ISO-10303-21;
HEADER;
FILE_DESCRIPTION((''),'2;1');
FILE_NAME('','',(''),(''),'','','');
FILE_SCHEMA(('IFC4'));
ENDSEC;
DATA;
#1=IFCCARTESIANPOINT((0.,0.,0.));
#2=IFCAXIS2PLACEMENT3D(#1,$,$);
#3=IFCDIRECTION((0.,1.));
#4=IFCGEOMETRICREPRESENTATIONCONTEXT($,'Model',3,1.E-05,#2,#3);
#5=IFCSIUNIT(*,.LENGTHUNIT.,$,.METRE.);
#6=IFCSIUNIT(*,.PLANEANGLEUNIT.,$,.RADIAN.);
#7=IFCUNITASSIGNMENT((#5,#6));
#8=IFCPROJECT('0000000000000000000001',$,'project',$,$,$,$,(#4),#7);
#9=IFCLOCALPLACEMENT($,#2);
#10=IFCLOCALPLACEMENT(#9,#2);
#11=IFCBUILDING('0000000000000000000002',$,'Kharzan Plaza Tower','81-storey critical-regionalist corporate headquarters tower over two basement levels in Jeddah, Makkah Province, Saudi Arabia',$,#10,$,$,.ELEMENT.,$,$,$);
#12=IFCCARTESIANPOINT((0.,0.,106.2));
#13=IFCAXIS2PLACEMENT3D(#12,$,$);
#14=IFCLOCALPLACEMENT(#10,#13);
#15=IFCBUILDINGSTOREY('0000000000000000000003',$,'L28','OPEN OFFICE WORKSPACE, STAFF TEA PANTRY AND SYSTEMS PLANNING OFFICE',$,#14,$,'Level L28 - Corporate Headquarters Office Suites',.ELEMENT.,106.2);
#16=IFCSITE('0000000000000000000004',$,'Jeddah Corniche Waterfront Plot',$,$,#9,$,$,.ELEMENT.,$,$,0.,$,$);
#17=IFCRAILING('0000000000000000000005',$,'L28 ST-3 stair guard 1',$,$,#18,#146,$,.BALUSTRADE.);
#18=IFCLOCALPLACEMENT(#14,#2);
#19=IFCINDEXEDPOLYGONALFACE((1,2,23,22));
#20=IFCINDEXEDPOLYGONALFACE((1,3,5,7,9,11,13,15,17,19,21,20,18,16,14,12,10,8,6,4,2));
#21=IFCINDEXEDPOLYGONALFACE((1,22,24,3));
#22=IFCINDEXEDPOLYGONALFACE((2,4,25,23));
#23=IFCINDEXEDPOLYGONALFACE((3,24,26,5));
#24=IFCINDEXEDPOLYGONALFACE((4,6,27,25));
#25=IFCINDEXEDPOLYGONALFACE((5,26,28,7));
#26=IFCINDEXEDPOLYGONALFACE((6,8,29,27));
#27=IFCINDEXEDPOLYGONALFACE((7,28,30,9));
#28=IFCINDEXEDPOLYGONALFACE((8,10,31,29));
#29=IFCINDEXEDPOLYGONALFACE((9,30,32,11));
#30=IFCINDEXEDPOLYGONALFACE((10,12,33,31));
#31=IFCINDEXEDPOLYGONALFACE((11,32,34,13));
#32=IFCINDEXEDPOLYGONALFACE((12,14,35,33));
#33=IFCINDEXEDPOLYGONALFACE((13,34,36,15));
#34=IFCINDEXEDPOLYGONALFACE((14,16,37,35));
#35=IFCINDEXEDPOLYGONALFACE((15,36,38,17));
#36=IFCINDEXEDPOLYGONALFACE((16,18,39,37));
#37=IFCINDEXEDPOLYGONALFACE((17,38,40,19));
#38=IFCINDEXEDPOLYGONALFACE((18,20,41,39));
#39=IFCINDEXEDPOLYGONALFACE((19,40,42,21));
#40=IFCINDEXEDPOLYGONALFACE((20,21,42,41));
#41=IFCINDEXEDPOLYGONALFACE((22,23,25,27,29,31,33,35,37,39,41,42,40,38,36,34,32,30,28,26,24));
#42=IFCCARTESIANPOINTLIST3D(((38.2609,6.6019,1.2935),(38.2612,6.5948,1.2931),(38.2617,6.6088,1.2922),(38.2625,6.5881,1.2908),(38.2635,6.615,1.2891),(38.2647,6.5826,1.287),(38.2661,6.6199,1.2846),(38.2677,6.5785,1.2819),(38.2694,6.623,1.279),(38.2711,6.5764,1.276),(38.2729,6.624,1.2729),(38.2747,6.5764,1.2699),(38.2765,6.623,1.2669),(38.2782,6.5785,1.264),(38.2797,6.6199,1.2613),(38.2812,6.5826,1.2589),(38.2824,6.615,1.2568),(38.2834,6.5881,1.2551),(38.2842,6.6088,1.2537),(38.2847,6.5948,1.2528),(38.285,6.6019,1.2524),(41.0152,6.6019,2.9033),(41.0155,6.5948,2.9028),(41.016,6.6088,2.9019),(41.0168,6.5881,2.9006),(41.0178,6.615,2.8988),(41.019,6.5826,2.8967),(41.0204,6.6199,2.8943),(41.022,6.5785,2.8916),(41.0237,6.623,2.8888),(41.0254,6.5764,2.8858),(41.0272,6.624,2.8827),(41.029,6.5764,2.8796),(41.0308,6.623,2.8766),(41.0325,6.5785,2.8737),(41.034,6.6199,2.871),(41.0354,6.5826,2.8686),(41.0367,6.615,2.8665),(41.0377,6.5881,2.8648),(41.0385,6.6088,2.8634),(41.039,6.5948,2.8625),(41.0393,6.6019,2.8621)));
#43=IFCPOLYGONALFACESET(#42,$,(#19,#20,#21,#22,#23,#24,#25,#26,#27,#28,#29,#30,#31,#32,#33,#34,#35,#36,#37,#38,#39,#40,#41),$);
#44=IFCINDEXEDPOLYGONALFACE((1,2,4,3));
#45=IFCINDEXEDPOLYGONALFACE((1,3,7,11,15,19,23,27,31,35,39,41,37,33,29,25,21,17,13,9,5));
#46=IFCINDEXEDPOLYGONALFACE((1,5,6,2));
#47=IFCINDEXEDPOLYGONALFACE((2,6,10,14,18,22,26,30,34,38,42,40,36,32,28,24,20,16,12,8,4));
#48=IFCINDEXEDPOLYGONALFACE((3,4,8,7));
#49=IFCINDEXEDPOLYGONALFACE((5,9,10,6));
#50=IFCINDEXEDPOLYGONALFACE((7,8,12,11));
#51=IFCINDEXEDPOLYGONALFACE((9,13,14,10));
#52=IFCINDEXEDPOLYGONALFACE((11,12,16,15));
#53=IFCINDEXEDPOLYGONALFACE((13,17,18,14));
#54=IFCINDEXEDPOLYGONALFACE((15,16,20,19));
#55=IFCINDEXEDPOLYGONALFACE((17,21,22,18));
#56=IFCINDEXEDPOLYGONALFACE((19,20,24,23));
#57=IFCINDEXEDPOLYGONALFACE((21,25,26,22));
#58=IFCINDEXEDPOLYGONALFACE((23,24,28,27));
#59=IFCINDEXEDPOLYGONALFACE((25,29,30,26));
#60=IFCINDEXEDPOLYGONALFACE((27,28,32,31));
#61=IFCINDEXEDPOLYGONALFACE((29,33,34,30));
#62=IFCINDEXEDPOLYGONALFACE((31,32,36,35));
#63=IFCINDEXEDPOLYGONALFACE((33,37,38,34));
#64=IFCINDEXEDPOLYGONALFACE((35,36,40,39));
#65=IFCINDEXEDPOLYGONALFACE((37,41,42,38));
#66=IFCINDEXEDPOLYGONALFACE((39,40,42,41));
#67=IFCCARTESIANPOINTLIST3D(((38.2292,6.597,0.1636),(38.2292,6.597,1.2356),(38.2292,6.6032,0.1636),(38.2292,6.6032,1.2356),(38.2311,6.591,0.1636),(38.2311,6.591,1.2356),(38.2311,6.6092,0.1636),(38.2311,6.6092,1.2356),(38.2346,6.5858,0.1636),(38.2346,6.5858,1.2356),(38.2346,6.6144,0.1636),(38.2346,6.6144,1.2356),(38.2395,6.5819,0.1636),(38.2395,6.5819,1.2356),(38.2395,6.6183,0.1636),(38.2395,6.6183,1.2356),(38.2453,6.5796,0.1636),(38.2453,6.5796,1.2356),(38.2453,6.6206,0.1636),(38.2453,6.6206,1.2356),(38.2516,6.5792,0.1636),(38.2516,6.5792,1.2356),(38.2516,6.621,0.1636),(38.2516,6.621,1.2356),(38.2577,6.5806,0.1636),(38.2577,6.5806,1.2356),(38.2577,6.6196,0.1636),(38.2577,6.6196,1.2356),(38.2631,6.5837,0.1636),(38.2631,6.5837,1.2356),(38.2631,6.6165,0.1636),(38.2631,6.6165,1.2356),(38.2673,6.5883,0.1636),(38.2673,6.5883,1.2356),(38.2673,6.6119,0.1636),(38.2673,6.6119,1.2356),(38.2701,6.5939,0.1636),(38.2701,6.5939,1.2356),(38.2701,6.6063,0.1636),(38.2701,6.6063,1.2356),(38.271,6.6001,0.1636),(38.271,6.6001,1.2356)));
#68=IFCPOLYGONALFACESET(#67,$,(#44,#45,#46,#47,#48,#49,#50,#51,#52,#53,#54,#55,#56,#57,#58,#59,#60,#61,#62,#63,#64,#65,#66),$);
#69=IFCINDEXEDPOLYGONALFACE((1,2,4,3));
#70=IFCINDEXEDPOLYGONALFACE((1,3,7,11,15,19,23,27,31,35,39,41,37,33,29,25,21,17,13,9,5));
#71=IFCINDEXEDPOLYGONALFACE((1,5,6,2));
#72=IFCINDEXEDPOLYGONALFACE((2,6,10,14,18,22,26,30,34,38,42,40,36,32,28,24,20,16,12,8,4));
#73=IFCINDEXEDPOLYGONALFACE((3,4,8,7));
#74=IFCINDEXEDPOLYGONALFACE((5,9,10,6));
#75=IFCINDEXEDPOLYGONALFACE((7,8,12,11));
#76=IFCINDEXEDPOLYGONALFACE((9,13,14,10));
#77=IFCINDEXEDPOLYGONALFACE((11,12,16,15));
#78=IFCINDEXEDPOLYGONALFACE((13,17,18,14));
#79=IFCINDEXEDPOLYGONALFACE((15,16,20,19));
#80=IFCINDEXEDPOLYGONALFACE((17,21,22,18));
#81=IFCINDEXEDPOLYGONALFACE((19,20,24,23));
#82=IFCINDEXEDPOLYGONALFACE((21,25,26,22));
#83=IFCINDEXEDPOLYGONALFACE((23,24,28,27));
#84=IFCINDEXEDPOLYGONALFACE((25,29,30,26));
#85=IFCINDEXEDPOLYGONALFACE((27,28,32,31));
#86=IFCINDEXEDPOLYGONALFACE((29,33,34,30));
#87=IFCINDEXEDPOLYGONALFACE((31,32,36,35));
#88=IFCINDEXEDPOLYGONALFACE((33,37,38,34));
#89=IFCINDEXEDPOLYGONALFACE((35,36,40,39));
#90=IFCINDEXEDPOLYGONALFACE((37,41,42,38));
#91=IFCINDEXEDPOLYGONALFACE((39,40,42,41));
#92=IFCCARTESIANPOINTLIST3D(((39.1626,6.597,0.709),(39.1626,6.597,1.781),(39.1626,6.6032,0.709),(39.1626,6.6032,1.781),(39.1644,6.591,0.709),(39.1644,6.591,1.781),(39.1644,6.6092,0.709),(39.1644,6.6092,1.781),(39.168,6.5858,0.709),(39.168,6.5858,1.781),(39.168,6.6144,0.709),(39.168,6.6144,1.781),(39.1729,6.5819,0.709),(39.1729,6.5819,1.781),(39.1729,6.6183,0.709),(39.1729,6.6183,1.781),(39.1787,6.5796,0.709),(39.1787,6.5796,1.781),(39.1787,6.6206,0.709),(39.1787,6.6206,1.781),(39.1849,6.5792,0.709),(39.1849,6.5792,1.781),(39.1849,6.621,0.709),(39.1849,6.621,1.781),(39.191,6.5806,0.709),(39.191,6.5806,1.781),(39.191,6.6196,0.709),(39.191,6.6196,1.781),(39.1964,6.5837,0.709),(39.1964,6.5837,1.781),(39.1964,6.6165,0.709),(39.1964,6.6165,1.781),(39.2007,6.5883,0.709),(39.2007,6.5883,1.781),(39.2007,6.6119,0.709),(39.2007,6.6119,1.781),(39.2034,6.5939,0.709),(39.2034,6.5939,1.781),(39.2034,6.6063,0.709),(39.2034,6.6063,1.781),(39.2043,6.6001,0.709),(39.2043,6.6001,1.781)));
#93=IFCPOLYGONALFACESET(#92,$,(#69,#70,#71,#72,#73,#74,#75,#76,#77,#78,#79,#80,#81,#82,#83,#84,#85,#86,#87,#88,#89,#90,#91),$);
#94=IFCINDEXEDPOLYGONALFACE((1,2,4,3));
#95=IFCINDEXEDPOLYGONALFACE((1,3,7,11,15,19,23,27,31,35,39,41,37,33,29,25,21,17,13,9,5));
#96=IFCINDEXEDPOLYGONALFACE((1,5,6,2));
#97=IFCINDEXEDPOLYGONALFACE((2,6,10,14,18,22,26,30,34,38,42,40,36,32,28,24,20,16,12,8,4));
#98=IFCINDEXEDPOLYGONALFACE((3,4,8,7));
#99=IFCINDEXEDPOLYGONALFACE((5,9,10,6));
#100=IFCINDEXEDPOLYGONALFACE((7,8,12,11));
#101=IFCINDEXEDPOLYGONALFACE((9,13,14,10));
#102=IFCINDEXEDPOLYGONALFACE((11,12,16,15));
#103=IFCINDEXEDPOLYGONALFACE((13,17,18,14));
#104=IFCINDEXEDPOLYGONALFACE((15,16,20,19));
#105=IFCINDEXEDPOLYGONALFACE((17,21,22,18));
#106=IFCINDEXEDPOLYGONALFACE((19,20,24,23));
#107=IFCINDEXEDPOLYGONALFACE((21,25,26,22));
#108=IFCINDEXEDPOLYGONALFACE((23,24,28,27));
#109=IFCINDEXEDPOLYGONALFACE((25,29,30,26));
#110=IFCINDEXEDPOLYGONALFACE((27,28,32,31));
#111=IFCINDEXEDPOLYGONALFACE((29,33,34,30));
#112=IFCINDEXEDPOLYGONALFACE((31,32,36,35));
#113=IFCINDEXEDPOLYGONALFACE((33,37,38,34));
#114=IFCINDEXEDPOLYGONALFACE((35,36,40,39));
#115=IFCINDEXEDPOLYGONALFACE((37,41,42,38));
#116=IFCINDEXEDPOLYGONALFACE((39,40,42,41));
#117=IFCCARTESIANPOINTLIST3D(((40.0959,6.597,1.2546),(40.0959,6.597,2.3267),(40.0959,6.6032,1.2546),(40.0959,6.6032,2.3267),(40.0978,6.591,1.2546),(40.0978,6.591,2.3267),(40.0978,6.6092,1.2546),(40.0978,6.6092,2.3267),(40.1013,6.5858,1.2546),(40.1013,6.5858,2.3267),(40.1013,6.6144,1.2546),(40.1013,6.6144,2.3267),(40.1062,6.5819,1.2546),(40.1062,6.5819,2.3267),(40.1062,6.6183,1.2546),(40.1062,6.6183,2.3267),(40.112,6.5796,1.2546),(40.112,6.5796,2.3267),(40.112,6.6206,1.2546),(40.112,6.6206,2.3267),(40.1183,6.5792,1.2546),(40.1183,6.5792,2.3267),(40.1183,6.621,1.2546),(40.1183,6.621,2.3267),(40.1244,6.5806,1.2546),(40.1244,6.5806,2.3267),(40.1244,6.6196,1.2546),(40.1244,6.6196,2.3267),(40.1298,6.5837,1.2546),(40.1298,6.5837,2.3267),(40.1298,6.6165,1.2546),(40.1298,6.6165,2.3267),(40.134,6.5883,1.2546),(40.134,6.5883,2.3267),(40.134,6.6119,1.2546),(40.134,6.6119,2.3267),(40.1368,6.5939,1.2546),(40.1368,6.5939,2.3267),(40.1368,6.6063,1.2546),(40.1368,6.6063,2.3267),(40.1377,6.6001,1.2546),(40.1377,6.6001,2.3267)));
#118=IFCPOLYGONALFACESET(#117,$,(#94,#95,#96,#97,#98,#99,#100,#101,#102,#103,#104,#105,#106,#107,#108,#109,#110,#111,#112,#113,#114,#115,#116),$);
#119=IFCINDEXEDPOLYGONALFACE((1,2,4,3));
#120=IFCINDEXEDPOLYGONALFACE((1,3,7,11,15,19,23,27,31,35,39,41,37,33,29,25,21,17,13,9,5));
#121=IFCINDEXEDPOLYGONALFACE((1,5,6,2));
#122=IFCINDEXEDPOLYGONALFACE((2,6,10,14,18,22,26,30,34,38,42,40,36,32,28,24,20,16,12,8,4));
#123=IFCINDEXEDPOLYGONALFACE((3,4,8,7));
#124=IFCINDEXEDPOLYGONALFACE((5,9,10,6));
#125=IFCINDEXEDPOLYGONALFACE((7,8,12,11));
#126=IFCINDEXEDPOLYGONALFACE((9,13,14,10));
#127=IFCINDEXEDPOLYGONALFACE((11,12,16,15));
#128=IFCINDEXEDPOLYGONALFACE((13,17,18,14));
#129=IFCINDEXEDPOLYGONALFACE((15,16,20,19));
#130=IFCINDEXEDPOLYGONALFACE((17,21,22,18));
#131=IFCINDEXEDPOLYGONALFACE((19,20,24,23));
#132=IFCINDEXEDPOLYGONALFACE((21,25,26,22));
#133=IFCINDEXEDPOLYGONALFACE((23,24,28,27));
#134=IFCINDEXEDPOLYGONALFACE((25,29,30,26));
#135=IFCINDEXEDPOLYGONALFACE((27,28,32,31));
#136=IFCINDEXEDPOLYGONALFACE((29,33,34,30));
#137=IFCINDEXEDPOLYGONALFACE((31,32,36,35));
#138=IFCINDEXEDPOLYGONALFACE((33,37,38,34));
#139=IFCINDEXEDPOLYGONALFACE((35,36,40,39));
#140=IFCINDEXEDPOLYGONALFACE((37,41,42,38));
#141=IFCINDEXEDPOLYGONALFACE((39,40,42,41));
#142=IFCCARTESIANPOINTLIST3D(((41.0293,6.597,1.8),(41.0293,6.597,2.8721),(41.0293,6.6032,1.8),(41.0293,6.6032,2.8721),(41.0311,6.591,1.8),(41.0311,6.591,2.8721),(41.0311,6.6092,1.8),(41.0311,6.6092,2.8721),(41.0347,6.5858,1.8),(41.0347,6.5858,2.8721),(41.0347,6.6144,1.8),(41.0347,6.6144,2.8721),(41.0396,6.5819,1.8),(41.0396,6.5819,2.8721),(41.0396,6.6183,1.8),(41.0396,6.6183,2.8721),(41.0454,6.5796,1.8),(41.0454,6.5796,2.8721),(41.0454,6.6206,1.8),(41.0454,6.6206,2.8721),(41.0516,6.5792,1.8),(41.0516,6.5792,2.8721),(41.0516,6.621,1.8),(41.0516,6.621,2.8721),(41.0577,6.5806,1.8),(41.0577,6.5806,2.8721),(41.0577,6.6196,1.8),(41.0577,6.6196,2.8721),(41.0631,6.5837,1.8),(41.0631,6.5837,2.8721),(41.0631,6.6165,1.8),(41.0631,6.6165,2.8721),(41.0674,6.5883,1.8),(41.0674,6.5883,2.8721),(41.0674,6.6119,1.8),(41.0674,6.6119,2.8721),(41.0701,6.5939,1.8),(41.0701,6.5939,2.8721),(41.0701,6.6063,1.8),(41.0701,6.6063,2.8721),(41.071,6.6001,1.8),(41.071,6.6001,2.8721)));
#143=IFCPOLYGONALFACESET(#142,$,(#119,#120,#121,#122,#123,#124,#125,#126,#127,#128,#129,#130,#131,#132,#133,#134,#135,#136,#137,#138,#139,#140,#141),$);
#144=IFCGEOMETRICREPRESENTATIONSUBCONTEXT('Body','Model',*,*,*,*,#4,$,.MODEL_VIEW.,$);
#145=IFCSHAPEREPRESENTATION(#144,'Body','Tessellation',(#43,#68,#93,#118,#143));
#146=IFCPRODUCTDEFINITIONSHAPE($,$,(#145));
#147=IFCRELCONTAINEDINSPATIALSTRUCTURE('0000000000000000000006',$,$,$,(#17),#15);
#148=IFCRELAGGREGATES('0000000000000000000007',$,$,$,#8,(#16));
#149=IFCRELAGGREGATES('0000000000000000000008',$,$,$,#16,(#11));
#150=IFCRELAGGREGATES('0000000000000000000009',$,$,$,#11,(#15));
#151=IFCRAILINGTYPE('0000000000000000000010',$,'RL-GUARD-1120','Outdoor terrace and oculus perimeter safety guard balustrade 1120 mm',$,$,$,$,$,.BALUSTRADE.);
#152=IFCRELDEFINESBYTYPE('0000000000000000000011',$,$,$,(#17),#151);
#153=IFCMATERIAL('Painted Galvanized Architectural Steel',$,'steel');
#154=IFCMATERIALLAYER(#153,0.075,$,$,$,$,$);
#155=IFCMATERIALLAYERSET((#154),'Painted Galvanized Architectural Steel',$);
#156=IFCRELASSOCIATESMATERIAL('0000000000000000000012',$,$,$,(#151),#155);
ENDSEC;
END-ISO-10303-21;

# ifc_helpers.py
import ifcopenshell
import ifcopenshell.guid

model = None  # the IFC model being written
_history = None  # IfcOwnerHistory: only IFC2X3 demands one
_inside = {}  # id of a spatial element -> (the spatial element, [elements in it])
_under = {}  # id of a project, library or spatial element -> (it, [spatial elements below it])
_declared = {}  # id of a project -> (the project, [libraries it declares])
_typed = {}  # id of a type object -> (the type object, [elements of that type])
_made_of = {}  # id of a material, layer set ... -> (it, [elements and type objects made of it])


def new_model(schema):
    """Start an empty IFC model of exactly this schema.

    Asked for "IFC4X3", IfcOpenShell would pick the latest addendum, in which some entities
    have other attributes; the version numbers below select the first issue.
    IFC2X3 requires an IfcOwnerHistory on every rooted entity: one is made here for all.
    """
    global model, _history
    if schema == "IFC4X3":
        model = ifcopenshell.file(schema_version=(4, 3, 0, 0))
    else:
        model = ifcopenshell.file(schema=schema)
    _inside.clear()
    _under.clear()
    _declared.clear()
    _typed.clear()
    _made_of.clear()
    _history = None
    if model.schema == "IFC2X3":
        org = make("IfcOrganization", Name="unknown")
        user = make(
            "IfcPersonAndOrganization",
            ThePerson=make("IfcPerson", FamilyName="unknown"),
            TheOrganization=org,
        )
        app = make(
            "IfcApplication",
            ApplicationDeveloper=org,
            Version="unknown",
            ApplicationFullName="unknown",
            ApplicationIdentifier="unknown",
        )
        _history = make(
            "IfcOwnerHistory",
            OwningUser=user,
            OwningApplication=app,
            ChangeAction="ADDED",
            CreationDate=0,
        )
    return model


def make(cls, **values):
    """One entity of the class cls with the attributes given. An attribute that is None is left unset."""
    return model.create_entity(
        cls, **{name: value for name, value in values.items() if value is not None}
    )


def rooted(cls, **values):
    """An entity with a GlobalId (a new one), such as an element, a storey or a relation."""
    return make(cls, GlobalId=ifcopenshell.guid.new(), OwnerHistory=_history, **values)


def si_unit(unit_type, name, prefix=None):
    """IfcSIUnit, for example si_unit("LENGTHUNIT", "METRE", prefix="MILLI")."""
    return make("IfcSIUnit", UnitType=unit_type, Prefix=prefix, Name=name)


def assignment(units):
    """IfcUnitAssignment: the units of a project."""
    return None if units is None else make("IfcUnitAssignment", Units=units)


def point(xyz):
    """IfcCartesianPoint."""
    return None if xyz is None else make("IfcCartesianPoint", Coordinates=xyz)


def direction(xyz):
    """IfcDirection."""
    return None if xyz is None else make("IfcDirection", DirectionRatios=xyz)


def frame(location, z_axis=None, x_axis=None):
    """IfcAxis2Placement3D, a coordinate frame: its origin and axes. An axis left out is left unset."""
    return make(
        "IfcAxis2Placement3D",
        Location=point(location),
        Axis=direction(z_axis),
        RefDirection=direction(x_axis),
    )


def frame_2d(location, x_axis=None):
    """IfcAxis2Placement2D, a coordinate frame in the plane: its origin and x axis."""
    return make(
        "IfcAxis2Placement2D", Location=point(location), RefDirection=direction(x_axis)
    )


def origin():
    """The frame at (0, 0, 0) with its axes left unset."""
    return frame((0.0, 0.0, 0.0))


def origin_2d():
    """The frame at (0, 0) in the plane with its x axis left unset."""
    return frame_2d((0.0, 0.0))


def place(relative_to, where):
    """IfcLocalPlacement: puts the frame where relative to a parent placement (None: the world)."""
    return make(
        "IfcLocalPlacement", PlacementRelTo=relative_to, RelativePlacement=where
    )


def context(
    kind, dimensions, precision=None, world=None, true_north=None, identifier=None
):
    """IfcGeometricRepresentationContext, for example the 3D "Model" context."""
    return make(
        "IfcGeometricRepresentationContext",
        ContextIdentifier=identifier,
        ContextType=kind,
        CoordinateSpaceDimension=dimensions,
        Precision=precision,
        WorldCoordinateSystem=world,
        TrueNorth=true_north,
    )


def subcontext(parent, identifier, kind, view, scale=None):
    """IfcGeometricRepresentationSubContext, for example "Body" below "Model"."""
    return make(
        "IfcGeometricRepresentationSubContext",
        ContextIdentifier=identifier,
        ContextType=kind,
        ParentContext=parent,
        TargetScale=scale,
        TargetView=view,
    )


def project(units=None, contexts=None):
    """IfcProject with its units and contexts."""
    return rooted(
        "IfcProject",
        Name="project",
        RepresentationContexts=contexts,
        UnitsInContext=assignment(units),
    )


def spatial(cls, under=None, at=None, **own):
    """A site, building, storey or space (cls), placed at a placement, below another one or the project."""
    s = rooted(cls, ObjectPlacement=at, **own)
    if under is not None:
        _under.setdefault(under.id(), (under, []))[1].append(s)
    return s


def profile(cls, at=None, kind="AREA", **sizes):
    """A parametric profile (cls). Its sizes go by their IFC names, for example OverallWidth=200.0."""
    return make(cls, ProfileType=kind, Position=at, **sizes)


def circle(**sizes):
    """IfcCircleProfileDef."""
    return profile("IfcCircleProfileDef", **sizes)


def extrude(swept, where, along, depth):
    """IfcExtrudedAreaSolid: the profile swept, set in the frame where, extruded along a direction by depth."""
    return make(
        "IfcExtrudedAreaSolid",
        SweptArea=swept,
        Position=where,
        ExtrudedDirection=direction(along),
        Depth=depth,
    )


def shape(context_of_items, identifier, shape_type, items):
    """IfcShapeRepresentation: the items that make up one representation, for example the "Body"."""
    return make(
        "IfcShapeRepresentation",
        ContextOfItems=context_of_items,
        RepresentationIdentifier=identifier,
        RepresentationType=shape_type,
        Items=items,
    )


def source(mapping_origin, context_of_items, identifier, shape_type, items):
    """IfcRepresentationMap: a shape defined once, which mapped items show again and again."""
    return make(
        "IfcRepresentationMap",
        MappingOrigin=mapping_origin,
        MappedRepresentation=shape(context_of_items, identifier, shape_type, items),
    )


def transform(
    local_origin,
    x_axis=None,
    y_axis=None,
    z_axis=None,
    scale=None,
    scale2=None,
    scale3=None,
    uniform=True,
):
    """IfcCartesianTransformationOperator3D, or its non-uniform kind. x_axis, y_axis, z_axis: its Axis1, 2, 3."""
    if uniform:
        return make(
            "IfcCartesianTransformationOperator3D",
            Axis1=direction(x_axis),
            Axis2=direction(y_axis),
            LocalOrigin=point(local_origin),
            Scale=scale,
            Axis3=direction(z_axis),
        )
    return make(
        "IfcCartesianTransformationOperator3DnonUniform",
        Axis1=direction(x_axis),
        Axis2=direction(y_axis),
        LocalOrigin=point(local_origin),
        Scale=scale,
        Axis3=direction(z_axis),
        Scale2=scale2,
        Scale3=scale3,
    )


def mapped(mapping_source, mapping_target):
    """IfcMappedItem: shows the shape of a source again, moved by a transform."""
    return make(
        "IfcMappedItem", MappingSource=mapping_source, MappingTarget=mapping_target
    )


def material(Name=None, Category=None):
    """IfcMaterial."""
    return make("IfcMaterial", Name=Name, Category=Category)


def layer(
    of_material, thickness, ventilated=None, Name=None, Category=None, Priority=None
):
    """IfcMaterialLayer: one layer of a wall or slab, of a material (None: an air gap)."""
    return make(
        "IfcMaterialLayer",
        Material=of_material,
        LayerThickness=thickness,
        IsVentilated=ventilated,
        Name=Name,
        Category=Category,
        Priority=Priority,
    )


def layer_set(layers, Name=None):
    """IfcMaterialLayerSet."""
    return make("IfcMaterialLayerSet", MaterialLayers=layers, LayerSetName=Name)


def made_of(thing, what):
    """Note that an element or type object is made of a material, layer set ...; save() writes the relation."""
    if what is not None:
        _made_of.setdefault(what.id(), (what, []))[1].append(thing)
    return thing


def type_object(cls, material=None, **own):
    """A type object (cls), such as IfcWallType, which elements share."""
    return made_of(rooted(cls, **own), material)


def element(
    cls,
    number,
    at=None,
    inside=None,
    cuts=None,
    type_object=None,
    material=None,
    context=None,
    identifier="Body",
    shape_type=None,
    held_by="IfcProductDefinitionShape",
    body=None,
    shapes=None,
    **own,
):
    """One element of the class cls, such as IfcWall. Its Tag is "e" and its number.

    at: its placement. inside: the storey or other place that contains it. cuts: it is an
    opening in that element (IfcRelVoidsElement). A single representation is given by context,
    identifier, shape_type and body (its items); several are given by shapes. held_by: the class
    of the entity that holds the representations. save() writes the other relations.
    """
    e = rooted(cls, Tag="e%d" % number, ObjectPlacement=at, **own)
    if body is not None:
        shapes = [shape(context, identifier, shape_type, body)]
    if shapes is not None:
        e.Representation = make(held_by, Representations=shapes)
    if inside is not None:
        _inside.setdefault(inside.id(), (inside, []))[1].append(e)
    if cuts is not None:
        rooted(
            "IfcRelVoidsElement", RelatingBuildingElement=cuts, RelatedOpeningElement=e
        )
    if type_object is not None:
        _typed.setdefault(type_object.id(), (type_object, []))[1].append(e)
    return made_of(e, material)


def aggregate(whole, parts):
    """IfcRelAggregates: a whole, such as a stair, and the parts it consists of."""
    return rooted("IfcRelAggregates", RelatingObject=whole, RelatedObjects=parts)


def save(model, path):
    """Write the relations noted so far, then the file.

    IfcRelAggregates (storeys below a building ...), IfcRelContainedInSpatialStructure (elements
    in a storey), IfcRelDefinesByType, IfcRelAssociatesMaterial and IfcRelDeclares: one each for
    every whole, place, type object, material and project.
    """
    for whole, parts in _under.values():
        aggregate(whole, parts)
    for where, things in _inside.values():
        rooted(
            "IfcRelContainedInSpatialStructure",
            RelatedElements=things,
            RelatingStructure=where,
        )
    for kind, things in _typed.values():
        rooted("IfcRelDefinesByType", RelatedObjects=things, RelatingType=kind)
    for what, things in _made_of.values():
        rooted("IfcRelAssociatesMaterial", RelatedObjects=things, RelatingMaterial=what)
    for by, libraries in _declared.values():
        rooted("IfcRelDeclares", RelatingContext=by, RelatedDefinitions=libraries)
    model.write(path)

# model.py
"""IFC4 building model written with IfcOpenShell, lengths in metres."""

from ifc_helpers import new_model, si_unit, direction, frame, origin, origin_2d, place, context, subcontext, project, spatial, circle, extrude, source, transform, mapped, material, layer, layer_set, type_object, element, save


model = new_model("IFC4")

# Units and contexts
model_context = context("Model", 3, precision=1e-05, world=origin(), true_north=direction((0.0, 1.0)))
body_context = subcontext(model_context, "Body", "Model", "MODEL_VIEW")
ifc_project = project(units=[si_unit("LENGTHUNIT", "METRE"), si_unit("PLANEANGLEUNIT", "RADIAN")], contexts=[model_context])

# Site, building, storey
site_placement = place(None, origin())
site = spatial("IfcSite", under=ifc_project, at=site_placement, Name="Jeddah Corniche Waterfront Plot", CompositionType="ELEMENT", RefElevation=0.0)
building_placement = place(site_placement, origin())
building = spatial("IfcBuilding", under=site, at=building_placement, Name="Kharzan Plaza Tower", Description="81-storey critical-regionalist corporate headquarters tower over two basement levels in Jeddah, Makkah Province, Saudi Arabia", CompositionType="ELEMENT")
storey_placement = place(building_placement, frame((0.0, 0.0, 106.2)))
storey = spatial("IfcBuildingStorey", under=building, at=storey_placement, Name="L28", Description="OPEN OFFICE WORKSPACE, STAFF TEA PANTRY AND SYSTEMS PLANNING OFFICE", LongName="Level L28 - Corporate Headquarters Office Suites", CompositionType="ELEMENT", Elevation=106.2)

# Railing
ifc_material_1 = material(Name="Painted Galvanized Architectural Steel", Category="steel")
ifc_layer_1 = layer(ifc_material_1, 0.075)
ifc_layer_set_1 = layer_set([ifc_layer_1], Name="Painted Galvanized Architectural Steel")
railing_type_1 = type_object("IfcRailingType", Name="RL-GUARD-1120", Description="Outdoor terrace and oculus perimeter safety guard balustrade 1120 mm", PredefinedType="BALUSTRADE", material=ifc_layer_set_1)
shared_shape_1 = source(origin(), body_context, "Body", "SweptSolid", [
    extrude(circle(Radius=0.0239, at=origin_2d()), frame((0.0229, 0.0, 1.1094), z_axis=(0.863361, 0.0, 0.504587), x_axis=(0.0, 1.0, 0.0)), (0.0, 0.0, 1.0), 3.1902),
    extrude(circle(Radius=0.021, at=origin_2d()), origin(), (0.0, 0.0, 1.0), 1.072),
    extrude(circle(Radius=0.021, at=origin_2d()), frame((0.9333, 0.0, 0.5454)), (0.0, 0.0, 1.0), 1.072),
    extrude(circle(Radius=0.021, at=origin_2d()), frame((1.8667, 0.0, 1.0911)), (0.0, 0.0, 1.0), 1.072),
    extrude(circle(Radius=0.021, at=origin_2d()), frame((2.8, 0.0, 1.6365)), (0.0, 0.0, 1.0), 1.072),
])
railing_1_placement = place(storey_placement, frame((38.25, 6.6001, 0.1636)))
element("IfcRailing", 1, at=railing_1_placement, inside=storey, type_object=railing_type_1, Name="L28 ST-3 stair guard 1", PredefinedType="BALUSTRADE", context=body_context, shape_type="MappedRepresentation", body=[
    mapped(shared_shape_1, transform((0.0, 0.0, 0.0), x_axis=(1.0, 0.0, 0.0), y_axis=(0.0, 1.0, 0.0), z_axis=(0.0, 0.0, 1.0))),
])

save(model, "model.ifc")
